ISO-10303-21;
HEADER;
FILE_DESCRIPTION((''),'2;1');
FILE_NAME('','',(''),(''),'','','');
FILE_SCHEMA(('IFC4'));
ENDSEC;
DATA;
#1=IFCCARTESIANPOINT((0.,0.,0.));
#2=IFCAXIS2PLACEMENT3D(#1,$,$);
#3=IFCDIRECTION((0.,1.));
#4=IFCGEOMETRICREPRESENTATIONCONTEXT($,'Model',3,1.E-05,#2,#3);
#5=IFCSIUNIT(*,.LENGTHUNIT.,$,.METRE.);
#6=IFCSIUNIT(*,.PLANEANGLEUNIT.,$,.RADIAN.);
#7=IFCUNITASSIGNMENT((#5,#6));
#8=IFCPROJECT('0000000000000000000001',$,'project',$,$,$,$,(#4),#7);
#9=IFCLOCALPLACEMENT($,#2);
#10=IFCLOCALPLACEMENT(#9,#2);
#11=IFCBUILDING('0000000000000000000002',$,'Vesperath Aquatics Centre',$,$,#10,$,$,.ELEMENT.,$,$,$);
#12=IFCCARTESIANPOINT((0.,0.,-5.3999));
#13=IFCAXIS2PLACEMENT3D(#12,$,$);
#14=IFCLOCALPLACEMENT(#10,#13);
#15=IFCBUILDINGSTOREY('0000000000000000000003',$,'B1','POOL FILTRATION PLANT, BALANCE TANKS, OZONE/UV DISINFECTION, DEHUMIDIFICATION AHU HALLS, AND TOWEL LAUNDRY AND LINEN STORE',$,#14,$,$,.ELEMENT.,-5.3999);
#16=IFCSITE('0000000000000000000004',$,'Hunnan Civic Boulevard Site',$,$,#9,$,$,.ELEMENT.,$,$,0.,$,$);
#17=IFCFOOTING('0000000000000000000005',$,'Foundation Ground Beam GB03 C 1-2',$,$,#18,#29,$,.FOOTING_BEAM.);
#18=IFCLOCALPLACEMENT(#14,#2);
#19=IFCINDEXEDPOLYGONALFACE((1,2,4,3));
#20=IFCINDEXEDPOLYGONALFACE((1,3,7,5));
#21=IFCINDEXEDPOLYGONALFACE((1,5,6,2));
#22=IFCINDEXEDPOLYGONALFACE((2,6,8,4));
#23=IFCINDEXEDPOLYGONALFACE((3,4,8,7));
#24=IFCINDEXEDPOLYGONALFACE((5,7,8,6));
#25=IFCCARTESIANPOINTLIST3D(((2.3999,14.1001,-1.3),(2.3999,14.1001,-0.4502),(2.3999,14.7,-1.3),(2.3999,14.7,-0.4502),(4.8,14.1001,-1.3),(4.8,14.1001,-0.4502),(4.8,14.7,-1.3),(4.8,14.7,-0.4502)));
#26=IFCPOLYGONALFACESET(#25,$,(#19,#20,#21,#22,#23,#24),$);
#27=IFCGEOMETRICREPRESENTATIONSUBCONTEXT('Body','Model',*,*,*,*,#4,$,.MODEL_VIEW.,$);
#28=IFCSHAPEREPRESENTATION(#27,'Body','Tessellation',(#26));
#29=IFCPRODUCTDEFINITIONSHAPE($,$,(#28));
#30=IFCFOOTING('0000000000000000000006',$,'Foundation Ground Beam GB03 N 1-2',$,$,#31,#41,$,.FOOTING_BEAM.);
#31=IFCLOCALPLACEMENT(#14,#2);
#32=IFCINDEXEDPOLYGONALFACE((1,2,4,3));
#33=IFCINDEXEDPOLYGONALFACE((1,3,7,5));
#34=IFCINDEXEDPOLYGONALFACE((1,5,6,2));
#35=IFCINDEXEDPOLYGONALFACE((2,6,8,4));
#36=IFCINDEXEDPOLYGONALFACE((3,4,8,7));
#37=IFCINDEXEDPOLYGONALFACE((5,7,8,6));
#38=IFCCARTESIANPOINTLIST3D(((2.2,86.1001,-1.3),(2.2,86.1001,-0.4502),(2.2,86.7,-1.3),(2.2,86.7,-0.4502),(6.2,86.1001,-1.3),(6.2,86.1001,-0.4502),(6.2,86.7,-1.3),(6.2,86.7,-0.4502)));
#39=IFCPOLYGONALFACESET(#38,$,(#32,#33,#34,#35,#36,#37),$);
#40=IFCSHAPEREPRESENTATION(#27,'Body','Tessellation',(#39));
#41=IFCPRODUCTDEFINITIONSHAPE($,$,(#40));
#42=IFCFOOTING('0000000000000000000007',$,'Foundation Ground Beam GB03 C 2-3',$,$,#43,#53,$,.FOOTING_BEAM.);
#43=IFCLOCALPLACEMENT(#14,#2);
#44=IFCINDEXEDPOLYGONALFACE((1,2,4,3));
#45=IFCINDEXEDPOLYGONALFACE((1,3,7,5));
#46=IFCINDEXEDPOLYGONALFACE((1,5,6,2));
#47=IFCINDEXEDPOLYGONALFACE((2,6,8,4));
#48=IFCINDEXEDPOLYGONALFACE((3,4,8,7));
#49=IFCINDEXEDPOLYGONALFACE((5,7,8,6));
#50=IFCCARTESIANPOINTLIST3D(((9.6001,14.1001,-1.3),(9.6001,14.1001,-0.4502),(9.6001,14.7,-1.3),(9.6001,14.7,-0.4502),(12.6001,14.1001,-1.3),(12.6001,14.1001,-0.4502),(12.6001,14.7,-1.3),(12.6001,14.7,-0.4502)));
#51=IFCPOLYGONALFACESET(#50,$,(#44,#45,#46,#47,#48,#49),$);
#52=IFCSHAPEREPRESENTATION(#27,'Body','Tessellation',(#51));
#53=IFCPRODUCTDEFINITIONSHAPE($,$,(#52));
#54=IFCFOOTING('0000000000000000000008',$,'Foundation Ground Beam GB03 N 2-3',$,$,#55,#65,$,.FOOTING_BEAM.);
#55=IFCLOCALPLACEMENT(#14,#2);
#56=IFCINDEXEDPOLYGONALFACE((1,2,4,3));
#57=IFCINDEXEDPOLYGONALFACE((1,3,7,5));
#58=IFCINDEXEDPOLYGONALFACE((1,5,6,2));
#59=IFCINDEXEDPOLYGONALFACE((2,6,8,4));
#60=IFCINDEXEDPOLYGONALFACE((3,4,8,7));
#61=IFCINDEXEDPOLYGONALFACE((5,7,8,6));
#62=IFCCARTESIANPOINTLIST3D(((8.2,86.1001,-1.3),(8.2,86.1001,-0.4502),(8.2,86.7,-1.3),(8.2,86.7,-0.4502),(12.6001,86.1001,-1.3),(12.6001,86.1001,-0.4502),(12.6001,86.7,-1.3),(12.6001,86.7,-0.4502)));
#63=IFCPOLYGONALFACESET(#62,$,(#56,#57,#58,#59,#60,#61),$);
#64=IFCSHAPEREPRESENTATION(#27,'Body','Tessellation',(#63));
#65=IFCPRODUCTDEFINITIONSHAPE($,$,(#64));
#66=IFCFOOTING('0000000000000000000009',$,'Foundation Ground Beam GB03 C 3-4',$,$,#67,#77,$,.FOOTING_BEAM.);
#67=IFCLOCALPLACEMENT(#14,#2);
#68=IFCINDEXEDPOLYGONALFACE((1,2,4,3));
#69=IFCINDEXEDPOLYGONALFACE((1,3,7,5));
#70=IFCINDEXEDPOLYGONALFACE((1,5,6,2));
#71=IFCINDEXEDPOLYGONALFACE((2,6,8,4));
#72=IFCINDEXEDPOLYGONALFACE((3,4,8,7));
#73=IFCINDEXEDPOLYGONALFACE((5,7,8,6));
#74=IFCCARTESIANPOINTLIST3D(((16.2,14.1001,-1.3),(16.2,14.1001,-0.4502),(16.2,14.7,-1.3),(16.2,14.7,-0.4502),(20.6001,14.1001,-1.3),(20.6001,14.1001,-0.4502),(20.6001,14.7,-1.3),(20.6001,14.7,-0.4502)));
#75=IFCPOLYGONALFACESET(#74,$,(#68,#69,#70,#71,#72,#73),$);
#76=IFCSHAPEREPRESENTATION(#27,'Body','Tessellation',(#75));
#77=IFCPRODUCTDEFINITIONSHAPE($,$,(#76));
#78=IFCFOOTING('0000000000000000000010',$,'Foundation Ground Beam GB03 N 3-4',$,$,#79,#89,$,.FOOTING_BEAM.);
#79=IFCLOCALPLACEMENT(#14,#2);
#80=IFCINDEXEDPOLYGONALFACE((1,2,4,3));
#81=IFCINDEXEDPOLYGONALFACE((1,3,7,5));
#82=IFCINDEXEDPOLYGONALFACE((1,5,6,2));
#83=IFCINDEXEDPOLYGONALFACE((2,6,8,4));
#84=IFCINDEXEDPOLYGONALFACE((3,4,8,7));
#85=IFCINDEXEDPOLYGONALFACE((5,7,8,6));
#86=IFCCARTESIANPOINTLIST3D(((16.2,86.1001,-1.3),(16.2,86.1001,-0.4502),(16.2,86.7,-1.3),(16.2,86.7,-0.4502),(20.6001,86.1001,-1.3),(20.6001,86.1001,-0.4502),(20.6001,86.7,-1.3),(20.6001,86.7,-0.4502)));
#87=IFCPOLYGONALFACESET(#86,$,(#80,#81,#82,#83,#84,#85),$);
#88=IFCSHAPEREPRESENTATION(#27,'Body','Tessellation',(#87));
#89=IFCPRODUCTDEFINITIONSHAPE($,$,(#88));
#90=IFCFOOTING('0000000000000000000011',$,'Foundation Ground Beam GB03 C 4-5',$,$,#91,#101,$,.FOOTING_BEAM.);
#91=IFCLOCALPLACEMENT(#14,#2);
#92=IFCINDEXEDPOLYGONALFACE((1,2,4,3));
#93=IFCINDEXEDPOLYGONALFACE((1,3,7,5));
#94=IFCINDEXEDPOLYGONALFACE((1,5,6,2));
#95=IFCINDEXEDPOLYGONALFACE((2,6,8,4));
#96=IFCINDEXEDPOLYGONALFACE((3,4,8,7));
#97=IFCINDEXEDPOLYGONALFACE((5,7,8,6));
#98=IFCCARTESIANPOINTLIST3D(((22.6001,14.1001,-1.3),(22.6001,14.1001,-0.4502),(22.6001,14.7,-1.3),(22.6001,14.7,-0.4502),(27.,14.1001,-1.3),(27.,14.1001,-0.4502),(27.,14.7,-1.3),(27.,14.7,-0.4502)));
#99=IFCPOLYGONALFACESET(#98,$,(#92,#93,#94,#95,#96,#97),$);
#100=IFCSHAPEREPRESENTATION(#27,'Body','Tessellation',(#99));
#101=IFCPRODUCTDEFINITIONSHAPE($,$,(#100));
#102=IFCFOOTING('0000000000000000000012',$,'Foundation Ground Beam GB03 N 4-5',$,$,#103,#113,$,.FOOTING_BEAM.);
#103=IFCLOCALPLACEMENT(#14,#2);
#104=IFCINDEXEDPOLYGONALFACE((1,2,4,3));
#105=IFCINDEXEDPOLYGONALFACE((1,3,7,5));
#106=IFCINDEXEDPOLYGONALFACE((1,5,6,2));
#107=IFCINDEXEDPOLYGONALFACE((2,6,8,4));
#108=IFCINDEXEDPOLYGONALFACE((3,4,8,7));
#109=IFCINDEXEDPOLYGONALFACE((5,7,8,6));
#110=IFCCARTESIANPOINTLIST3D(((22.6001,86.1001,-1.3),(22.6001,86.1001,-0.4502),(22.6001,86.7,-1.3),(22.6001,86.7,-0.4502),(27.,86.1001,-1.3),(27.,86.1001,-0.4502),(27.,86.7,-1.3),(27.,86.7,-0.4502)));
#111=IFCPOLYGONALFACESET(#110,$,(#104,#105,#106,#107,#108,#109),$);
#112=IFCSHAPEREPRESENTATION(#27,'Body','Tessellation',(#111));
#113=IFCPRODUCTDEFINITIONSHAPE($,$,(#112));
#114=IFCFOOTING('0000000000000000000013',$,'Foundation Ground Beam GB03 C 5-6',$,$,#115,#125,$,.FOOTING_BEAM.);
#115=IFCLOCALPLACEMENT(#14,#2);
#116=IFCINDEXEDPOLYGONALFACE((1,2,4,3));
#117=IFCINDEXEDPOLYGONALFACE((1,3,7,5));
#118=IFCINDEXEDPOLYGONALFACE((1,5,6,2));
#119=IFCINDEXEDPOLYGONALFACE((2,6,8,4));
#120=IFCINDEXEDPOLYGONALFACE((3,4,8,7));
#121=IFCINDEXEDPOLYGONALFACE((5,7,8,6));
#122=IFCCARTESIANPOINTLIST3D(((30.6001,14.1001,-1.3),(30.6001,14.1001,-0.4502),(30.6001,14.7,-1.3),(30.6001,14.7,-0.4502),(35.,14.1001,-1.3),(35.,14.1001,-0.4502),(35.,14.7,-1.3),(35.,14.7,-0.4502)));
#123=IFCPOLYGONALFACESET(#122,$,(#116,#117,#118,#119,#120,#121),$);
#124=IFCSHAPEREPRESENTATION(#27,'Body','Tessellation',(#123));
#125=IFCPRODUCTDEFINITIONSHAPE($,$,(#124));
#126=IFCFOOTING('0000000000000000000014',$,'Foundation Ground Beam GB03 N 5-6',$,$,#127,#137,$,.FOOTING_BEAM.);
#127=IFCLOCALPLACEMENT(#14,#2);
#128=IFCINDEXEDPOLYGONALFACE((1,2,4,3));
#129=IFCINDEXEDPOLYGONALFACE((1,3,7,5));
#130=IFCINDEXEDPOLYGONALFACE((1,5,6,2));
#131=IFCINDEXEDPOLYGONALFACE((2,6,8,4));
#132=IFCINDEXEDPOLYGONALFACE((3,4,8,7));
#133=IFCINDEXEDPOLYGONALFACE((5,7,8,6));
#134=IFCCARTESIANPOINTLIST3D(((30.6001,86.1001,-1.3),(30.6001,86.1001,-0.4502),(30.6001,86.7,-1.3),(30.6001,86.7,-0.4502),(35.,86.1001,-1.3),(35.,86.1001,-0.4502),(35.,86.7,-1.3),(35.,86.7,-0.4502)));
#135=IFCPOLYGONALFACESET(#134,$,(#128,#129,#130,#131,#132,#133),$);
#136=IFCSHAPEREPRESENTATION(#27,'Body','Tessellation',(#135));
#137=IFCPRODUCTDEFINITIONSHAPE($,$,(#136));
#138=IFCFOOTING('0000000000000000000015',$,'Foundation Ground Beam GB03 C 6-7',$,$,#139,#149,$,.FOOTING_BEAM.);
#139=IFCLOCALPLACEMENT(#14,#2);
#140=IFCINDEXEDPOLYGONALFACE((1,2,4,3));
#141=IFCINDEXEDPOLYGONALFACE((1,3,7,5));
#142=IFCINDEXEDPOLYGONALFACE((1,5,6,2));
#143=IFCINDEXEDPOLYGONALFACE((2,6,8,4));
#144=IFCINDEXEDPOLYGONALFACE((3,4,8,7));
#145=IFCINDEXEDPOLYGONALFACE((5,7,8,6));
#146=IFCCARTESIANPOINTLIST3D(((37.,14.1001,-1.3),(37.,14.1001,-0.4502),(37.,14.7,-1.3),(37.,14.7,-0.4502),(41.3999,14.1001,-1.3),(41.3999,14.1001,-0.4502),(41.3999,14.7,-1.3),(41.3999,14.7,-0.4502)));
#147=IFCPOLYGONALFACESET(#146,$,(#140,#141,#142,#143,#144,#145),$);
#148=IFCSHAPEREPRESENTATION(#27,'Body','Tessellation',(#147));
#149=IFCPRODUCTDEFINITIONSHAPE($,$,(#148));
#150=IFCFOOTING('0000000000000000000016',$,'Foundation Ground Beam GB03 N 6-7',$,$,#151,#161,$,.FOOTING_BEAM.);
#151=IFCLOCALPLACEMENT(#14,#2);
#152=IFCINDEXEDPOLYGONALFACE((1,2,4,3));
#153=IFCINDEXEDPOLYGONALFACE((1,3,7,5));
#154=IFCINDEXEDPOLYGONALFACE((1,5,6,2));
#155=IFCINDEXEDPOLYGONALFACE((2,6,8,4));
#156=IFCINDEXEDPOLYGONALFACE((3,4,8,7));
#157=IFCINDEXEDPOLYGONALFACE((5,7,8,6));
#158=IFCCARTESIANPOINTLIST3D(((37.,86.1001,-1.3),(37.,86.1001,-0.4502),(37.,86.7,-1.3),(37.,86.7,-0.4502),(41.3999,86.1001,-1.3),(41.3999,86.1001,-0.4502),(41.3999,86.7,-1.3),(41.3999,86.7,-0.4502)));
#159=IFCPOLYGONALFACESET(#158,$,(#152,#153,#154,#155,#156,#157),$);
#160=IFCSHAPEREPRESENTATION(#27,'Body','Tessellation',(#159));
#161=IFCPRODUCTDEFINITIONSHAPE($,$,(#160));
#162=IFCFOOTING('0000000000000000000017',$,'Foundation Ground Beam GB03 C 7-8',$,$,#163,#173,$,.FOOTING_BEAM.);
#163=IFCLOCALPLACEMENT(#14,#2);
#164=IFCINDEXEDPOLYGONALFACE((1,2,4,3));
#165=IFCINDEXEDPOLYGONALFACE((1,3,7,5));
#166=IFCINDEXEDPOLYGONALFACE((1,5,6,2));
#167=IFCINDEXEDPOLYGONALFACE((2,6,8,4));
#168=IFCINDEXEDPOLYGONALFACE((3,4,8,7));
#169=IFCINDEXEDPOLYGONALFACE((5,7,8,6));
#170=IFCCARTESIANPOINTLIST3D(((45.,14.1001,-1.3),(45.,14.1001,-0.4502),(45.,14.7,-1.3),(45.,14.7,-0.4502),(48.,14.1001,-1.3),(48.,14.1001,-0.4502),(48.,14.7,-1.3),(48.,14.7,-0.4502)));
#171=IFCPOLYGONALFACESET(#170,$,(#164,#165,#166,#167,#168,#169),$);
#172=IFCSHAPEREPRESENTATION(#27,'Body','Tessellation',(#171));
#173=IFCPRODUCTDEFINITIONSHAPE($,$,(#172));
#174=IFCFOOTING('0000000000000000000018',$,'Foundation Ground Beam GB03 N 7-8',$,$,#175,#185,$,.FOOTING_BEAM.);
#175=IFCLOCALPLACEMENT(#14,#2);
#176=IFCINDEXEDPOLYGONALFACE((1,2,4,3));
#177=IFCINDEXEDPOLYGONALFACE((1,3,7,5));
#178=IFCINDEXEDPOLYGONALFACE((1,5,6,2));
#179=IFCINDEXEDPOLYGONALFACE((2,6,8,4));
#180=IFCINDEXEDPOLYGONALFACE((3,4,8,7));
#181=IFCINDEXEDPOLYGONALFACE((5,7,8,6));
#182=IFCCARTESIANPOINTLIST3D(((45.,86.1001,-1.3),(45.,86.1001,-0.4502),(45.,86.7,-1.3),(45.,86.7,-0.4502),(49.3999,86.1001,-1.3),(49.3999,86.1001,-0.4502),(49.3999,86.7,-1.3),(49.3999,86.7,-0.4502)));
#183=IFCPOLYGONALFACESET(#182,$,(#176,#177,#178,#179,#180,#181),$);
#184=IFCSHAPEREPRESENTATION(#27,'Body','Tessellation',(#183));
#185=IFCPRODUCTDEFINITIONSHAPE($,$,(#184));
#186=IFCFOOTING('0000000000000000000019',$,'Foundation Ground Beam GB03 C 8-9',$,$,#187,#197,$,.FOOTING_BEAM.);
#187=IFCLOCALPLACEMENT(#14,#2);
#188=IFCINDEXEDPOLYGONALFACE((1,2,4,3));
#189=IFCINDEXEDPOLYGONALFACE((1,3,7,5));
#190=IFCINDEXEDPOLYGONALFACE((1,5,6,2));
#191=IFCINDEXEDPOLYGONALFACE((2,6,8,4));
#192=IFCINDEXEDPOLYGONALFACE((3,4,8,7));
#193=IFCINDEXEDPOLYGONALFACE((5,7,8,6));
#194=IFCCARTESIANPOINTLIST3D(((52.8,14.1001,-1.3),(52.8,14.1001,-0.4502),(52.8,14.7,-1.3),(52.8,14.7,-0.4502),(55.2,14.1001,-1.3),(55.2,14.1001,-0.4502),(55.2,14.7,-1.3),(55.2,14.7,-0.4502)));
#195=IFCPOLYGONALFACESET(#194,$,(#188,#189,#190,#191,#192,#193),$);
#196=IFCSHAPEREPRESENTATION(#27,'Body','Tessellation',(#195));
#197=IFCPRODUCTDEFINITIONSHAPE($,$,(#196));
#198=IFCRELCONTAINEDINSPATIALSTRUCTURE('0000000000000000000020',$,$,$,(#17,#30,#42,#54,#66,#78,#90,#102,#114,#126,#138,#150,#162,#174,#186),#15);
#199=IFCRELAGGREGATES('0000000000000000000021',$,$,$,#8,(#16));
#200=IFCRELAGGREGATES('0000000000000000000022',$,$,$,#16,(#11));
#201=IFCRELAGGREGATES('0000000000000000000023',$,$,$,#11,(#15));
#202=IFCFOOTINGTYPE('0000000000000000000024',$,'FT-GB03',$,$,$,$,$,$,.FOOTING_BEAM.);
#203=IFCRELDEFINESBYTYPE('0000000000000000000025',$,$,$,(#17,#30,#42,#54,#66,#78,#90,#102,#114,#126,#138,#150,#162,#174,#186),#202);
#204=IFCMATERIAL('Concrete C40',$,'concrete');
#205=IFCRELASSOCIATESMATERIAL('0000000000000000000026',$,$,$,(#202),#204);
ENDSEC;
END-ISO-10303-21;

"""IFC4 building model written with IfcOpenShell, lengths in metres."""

from ifc_helpers import new_model, si_unit, direction, frame, origin, place, context, subcontext, project, spatial, polyline, outline, extrude, material, type_object, element, save


model = new_model("IFC4")

# Units and contexts
model_context = context("Model", 3, precision=1e-05, world=origin(), true_north=direction((0.0, 1.0)))
body_context = subcontext(model_context, "Body", "Model", "MODEL_VIEW")
ifc_project = project(units=[si_unit("LENGTHUNIT", "METRE"), si_unit("PLANEANGLEUNIT", "RADIAN")], contexts=[model_context])

# Site, building, storey
site_placement = place(None, origin())
site = spatial("IfcSite", under=ifc_project, at=site_placement, Name="Hunnan Civic Boulevard Site", CompositionType="ELEMENT", RefElevation=0.0)
building_placement = place(site_placement, origin())
building = spatial("IfcBuilding", under=site, at=building_placement, Name="Vesperath Aquatics Centre", CompositionType="ELEMENT")
storey_placement = place(building_placement, frame((0.0, 0.0, -5.3999)))
storey = spatial("IfcBuildingStorey", under=building, at=storey_placement, Name="B1", Description="POOL FILTRATION PLANT, BALANCE TANKS, OZONE/UV DISINFECTION, DEHUMIDIFICATION AHU HALLS, AND TOWEL LAUNDRY AND LINEN STORE", CompositionType="ELEMENT", Elevation=-5.3999)

# Footings
ifc_material = material(Name="Concrete C40", Category="concrete")
footing_type = type_object("IfcFootingType", Name="FT-GB03", PredefinedType="FOOTING_BEAM", material=ifc_material)
footing_1_placement = place(storey_placement, frame((0.0, 0.0, -1.3)))
element("IfcFooting", 1, at=footing_1_placement, inside=storey, type_object=footing_type, Name="Foundation Ground Beam GB03 C 1-2", PredefinedType="FOOTING_BEAM", context=body_context, shape_type="SweptSolid", body=[
    extrude(outline(polyline([(2.3999, 14.1001), (4.8, 14.1001), (4.8, 14.7), (2.3999, 14.7), (2.3999, 14.1001)])), origin(), (0.0, 0.0, 1.0), 0.8499),
])
footing_2_placement = place(storey_placement, frame((0.0, 0.0, -1.3)))
element("IfcFooting", 2, at=footing_2_placement, inside=storey, type_object=footing_type, Name="Foundation Ground Beam GB03 N 1-2", PredefinedType="FOOTING_BEAM", context=body_context, shape_type="SweptSolid", body=[
    extrude(outline(polyline([(2.2, 86.1001), (6.2, 86.1001), (6.2, 86.7), (2.2, 86.7), (2.2, 86.1001)])), origin(), (0.0, 0.0, 1.0), 0.8499),
])
footing_3_placement = place(storey_placement, frame((0.0, 0.0, -1.3)))
element("IfcFooting", 3, at=footing_3_placement, inside=storey, type_object=footing_type, Name="Foundation Ground Beam GB03 C 2-3", PredefinedType="FOOTING_BEAM", context=body_context, shape_type="SweptSolid", body=[
    extrude(outline(polyline([(9.6001, 14.1001), (12.6001, 14.1001), (12.6001, 14.7), (9.6001, 14.7), (9.6001, 14.1001)])), origin(), (0.0, 0.0, 1.0), 0.8499),
])
footing_4_placement = place(storey_placement, frame((0.0, 0.0, -1.3)))
element("IfcFooting", 4, at=footing_4_placement, inside=storey, type_object=footing_type, Name="Foundation Ground Beam GB03 N 2-3", PredefinedType="FOOTING_BEAM", context=body_context, shape_type="SweptSolid", body=[
    extrude(outline(polyline([(8.2, 86.1001), (12.6001, 86.1001), (12.6001, 86.7), (8.2, 86.7), (8.2, 86.1001)])), origin(), (0.0, 0.0, 1.0), 0.8499),
])
footing_5_placement = place(storey_placement, frame((0.0, 0.0, -1.3)))
element("IfcFooting", 5, at=footing_5_placement, inside=storey, type_object=footing_type, Name="Foundation Ground Beam GB03 C 3-4", PredefinedType="FOOTING_BEAM", context=body_context, shape_type="SweptSolid", body=[
    extrude(outline(polyline([(16.2, 14.1001), (20.6001, 14.1001), (20.6001, 14.7), (16.2, 14.7), (16.2, 14.1001)])), origin(), (0.0, 0.0, 1.0), 0.8499),
])
footing_6_placement = place(storey_placement, frame((0.0, 0.0, -1.3)))
element("IfcFooting", 6, at=footing_6_placement, inside=storey, type_object=footing_type, Name="Foundation Ground Beam GB03 N 3-4", PredefinedType="FOOTING_BEAM", context=body_context, shape_type="SweptSolid", body=[
    extrude(outline(polyline([(16.2, 86.1001), (20.6001, 86.1001), (20.6001, 86.7), (16.2, 86.7), (16.2, 86.1001)])), origin(), (0.0, 0.0, 1.0), 0.8499),
])
footing_7_placement = place(storey_placement, frame((0.0, 0.0, -1.3)))
element("IfcFooting", 7, at=footing_7_placement, inside=storey, type_object=footing_type, Name="Foundation Ground Beam GB03 C 4-5", PredefinedType="FOOTING_BEAM", context=body_context, shape_type="SweptSolid", body=[
    extrude(outline(polyline([(22.6001, 14.1001), (27.0, 14.1001), (27.0, 14.7), (22.6001, 14.7), (22.6001, 14.1001)])), origin(), (0.0, 0.0, 1.0), 0.8499),
])
footing_8_placement = place(storey_placement, frame((0.0, 0.0, -1.3)))
element("IfcFooting", 8, at=footing_8_placement, inside=storey, type_object=footing_type, Name="Foundation Ground Beam GB03 N 4-5", PredefinedType="FOOTING_BEAM", context=body_context, shape_type="SweptSolid", body=[
    extrude(outline(polyline([(22.6001, 86.1001), (27.0, 86.1001), (27.0, 86.7), (22.6001, 86.7), (22.6001, 86.1001)])), origin(), (0.0, 0.0, 1.0), 0.8499),
])
footing_9_placement = place(storey_placement, frame((0.0, 0.0, -1.3)))
element("IfcFooting", 9, at=footing_9_placement, inside=storey, type_object=footing_type, Name="Foundation Ground Beam GB03 C 5-6", PredefinedType="FOOTING_BEAM", context=body_context, shape_type="SweptSolid", body=[
    extrude(outline(polyline([(30.6001, 14.1001), (35.0, 14.1001), (35.0, 14.7), (30.6001, 14.7), (30.6001, 14.1001)])), origin(), (0.0, 0.0, 1.0), 0.8499),
])
footing_10_placement = place(storey_placement, frame((0.0, 0.0, -1.3)))
element("IfcFooting", 10, at=footing_10_placement, inside=storey, type_object=footing_type, Name="Foundation Ground Beam GB03 N 5-6", PredefinedType="FOOTING_BEAM", context=body_context, shape_type="SweptSolid", body=[
    extrude(outline(polyline([(30.6001, 86.1001), (35.0, 86.1001), (35.0, 86.7), (30.6001, 86.7), (30.6001, 86.1001)])), origin(), (0.0, 0.0, 1.0), 0.8499),
])
footing_11_placement = place(storey_placement, frame((0.0, 0.0, -1.3)))
element("IfcFooting", 11, at=footing_11_placement, inside=storey, type_object=footing_type, Name="Foundation Ground Beam GB03 C 6-7", PredefinedType="FOOTING_BEAM", context=body_context, shape_type="SweptSolid", body=[
    extrude(outline(polyline([(37.0, 14.1001), (41.3999, 14.1001), (41.3999, 14.7), (37.0, 14.7), (37.0, 14.1001)])), origin(), (0.0, 0.0, 1.0), 0.8499),
])
footing_12_placement = place(storey_placement, frame((0.0, 0.0, -1.3)))
element("IfcFooting", 12, at=footing_12_placement, inside=storey, type_object=footing_type, Name="Foundation Ground Beam GB03 N 6-7", PredefinedType="FOOTING_BEAM", context=body_context, shape_type="SweptSolid", body=[
    extrude(outline(polyline([(37.0, 86.1001), (41.3999, 86.1001), (41.3999, 86.7), (37.0, 86.7), (37.0, 86.1001)])), origin(), (0.0, 0.0, 1.0), 0.8499),
])
footing_13_placement = place(storey_placement, frame((0.0, 0.0, -1.3)))
element("IfcFooting", 13, at=footing_13_placement, inside=storey, type_object=footing_type, Name="Foundation Ground Beam GB03 C 7-8", PredefinedType="FOOTING_BEAM", context=body_context, shape_type="SweptSolid", body=[
    extrude(outline(polyline([(45.0, 14.1001), (48.0, 14.1001), (48.0, 14.7), (45.0, 14.7), (45.0, 14.1001)])), origin(), (0.0, 0.0, 1.0), 0.8499),
])
footing_14_placement = place(storey_placement, frame((0.0, 0.0, -1.3)))
element("IfcFooting", 14, at=footing_14_placement, inside=storey, type_object=footing_type, Name="Foundation Ground Beam GB03 N 7-8", PredefinedType="FOOTING_BEAM", context=body_context, shape_type="SweptSolid", body=[
    extrude(outline(polyline([(45.0, 86.1001), (49.3999, 86.1001), (49.3999, 86.7), (45.0, 86.7), (45.0, 86.1001)])), origin(), (0.0, 0.0, 1.0), 0.8499),
])
footing_15_placement = place(storey_placement, frame((0.0, 0.0, -1.3)))
element("IfcFooting", 15, at=footing_15_placement, inside=storey, type_object=footing_type, Name="Foundation Ground Beam GB03 C 8-9", PredefinedType="FOOTING_BEAM", context=body_context, shape_type="SweptSolid", body=[
    extrude(outline(polyline([(52.8, 14.1001), (55.2, 14.1001), (55.2, 14.7), (52.8, 14.7), (52.8, 14.1001)])), origin(), (0.0, 0.0, 1.0), 0.8499),
])

save(model, "model.ifc")
